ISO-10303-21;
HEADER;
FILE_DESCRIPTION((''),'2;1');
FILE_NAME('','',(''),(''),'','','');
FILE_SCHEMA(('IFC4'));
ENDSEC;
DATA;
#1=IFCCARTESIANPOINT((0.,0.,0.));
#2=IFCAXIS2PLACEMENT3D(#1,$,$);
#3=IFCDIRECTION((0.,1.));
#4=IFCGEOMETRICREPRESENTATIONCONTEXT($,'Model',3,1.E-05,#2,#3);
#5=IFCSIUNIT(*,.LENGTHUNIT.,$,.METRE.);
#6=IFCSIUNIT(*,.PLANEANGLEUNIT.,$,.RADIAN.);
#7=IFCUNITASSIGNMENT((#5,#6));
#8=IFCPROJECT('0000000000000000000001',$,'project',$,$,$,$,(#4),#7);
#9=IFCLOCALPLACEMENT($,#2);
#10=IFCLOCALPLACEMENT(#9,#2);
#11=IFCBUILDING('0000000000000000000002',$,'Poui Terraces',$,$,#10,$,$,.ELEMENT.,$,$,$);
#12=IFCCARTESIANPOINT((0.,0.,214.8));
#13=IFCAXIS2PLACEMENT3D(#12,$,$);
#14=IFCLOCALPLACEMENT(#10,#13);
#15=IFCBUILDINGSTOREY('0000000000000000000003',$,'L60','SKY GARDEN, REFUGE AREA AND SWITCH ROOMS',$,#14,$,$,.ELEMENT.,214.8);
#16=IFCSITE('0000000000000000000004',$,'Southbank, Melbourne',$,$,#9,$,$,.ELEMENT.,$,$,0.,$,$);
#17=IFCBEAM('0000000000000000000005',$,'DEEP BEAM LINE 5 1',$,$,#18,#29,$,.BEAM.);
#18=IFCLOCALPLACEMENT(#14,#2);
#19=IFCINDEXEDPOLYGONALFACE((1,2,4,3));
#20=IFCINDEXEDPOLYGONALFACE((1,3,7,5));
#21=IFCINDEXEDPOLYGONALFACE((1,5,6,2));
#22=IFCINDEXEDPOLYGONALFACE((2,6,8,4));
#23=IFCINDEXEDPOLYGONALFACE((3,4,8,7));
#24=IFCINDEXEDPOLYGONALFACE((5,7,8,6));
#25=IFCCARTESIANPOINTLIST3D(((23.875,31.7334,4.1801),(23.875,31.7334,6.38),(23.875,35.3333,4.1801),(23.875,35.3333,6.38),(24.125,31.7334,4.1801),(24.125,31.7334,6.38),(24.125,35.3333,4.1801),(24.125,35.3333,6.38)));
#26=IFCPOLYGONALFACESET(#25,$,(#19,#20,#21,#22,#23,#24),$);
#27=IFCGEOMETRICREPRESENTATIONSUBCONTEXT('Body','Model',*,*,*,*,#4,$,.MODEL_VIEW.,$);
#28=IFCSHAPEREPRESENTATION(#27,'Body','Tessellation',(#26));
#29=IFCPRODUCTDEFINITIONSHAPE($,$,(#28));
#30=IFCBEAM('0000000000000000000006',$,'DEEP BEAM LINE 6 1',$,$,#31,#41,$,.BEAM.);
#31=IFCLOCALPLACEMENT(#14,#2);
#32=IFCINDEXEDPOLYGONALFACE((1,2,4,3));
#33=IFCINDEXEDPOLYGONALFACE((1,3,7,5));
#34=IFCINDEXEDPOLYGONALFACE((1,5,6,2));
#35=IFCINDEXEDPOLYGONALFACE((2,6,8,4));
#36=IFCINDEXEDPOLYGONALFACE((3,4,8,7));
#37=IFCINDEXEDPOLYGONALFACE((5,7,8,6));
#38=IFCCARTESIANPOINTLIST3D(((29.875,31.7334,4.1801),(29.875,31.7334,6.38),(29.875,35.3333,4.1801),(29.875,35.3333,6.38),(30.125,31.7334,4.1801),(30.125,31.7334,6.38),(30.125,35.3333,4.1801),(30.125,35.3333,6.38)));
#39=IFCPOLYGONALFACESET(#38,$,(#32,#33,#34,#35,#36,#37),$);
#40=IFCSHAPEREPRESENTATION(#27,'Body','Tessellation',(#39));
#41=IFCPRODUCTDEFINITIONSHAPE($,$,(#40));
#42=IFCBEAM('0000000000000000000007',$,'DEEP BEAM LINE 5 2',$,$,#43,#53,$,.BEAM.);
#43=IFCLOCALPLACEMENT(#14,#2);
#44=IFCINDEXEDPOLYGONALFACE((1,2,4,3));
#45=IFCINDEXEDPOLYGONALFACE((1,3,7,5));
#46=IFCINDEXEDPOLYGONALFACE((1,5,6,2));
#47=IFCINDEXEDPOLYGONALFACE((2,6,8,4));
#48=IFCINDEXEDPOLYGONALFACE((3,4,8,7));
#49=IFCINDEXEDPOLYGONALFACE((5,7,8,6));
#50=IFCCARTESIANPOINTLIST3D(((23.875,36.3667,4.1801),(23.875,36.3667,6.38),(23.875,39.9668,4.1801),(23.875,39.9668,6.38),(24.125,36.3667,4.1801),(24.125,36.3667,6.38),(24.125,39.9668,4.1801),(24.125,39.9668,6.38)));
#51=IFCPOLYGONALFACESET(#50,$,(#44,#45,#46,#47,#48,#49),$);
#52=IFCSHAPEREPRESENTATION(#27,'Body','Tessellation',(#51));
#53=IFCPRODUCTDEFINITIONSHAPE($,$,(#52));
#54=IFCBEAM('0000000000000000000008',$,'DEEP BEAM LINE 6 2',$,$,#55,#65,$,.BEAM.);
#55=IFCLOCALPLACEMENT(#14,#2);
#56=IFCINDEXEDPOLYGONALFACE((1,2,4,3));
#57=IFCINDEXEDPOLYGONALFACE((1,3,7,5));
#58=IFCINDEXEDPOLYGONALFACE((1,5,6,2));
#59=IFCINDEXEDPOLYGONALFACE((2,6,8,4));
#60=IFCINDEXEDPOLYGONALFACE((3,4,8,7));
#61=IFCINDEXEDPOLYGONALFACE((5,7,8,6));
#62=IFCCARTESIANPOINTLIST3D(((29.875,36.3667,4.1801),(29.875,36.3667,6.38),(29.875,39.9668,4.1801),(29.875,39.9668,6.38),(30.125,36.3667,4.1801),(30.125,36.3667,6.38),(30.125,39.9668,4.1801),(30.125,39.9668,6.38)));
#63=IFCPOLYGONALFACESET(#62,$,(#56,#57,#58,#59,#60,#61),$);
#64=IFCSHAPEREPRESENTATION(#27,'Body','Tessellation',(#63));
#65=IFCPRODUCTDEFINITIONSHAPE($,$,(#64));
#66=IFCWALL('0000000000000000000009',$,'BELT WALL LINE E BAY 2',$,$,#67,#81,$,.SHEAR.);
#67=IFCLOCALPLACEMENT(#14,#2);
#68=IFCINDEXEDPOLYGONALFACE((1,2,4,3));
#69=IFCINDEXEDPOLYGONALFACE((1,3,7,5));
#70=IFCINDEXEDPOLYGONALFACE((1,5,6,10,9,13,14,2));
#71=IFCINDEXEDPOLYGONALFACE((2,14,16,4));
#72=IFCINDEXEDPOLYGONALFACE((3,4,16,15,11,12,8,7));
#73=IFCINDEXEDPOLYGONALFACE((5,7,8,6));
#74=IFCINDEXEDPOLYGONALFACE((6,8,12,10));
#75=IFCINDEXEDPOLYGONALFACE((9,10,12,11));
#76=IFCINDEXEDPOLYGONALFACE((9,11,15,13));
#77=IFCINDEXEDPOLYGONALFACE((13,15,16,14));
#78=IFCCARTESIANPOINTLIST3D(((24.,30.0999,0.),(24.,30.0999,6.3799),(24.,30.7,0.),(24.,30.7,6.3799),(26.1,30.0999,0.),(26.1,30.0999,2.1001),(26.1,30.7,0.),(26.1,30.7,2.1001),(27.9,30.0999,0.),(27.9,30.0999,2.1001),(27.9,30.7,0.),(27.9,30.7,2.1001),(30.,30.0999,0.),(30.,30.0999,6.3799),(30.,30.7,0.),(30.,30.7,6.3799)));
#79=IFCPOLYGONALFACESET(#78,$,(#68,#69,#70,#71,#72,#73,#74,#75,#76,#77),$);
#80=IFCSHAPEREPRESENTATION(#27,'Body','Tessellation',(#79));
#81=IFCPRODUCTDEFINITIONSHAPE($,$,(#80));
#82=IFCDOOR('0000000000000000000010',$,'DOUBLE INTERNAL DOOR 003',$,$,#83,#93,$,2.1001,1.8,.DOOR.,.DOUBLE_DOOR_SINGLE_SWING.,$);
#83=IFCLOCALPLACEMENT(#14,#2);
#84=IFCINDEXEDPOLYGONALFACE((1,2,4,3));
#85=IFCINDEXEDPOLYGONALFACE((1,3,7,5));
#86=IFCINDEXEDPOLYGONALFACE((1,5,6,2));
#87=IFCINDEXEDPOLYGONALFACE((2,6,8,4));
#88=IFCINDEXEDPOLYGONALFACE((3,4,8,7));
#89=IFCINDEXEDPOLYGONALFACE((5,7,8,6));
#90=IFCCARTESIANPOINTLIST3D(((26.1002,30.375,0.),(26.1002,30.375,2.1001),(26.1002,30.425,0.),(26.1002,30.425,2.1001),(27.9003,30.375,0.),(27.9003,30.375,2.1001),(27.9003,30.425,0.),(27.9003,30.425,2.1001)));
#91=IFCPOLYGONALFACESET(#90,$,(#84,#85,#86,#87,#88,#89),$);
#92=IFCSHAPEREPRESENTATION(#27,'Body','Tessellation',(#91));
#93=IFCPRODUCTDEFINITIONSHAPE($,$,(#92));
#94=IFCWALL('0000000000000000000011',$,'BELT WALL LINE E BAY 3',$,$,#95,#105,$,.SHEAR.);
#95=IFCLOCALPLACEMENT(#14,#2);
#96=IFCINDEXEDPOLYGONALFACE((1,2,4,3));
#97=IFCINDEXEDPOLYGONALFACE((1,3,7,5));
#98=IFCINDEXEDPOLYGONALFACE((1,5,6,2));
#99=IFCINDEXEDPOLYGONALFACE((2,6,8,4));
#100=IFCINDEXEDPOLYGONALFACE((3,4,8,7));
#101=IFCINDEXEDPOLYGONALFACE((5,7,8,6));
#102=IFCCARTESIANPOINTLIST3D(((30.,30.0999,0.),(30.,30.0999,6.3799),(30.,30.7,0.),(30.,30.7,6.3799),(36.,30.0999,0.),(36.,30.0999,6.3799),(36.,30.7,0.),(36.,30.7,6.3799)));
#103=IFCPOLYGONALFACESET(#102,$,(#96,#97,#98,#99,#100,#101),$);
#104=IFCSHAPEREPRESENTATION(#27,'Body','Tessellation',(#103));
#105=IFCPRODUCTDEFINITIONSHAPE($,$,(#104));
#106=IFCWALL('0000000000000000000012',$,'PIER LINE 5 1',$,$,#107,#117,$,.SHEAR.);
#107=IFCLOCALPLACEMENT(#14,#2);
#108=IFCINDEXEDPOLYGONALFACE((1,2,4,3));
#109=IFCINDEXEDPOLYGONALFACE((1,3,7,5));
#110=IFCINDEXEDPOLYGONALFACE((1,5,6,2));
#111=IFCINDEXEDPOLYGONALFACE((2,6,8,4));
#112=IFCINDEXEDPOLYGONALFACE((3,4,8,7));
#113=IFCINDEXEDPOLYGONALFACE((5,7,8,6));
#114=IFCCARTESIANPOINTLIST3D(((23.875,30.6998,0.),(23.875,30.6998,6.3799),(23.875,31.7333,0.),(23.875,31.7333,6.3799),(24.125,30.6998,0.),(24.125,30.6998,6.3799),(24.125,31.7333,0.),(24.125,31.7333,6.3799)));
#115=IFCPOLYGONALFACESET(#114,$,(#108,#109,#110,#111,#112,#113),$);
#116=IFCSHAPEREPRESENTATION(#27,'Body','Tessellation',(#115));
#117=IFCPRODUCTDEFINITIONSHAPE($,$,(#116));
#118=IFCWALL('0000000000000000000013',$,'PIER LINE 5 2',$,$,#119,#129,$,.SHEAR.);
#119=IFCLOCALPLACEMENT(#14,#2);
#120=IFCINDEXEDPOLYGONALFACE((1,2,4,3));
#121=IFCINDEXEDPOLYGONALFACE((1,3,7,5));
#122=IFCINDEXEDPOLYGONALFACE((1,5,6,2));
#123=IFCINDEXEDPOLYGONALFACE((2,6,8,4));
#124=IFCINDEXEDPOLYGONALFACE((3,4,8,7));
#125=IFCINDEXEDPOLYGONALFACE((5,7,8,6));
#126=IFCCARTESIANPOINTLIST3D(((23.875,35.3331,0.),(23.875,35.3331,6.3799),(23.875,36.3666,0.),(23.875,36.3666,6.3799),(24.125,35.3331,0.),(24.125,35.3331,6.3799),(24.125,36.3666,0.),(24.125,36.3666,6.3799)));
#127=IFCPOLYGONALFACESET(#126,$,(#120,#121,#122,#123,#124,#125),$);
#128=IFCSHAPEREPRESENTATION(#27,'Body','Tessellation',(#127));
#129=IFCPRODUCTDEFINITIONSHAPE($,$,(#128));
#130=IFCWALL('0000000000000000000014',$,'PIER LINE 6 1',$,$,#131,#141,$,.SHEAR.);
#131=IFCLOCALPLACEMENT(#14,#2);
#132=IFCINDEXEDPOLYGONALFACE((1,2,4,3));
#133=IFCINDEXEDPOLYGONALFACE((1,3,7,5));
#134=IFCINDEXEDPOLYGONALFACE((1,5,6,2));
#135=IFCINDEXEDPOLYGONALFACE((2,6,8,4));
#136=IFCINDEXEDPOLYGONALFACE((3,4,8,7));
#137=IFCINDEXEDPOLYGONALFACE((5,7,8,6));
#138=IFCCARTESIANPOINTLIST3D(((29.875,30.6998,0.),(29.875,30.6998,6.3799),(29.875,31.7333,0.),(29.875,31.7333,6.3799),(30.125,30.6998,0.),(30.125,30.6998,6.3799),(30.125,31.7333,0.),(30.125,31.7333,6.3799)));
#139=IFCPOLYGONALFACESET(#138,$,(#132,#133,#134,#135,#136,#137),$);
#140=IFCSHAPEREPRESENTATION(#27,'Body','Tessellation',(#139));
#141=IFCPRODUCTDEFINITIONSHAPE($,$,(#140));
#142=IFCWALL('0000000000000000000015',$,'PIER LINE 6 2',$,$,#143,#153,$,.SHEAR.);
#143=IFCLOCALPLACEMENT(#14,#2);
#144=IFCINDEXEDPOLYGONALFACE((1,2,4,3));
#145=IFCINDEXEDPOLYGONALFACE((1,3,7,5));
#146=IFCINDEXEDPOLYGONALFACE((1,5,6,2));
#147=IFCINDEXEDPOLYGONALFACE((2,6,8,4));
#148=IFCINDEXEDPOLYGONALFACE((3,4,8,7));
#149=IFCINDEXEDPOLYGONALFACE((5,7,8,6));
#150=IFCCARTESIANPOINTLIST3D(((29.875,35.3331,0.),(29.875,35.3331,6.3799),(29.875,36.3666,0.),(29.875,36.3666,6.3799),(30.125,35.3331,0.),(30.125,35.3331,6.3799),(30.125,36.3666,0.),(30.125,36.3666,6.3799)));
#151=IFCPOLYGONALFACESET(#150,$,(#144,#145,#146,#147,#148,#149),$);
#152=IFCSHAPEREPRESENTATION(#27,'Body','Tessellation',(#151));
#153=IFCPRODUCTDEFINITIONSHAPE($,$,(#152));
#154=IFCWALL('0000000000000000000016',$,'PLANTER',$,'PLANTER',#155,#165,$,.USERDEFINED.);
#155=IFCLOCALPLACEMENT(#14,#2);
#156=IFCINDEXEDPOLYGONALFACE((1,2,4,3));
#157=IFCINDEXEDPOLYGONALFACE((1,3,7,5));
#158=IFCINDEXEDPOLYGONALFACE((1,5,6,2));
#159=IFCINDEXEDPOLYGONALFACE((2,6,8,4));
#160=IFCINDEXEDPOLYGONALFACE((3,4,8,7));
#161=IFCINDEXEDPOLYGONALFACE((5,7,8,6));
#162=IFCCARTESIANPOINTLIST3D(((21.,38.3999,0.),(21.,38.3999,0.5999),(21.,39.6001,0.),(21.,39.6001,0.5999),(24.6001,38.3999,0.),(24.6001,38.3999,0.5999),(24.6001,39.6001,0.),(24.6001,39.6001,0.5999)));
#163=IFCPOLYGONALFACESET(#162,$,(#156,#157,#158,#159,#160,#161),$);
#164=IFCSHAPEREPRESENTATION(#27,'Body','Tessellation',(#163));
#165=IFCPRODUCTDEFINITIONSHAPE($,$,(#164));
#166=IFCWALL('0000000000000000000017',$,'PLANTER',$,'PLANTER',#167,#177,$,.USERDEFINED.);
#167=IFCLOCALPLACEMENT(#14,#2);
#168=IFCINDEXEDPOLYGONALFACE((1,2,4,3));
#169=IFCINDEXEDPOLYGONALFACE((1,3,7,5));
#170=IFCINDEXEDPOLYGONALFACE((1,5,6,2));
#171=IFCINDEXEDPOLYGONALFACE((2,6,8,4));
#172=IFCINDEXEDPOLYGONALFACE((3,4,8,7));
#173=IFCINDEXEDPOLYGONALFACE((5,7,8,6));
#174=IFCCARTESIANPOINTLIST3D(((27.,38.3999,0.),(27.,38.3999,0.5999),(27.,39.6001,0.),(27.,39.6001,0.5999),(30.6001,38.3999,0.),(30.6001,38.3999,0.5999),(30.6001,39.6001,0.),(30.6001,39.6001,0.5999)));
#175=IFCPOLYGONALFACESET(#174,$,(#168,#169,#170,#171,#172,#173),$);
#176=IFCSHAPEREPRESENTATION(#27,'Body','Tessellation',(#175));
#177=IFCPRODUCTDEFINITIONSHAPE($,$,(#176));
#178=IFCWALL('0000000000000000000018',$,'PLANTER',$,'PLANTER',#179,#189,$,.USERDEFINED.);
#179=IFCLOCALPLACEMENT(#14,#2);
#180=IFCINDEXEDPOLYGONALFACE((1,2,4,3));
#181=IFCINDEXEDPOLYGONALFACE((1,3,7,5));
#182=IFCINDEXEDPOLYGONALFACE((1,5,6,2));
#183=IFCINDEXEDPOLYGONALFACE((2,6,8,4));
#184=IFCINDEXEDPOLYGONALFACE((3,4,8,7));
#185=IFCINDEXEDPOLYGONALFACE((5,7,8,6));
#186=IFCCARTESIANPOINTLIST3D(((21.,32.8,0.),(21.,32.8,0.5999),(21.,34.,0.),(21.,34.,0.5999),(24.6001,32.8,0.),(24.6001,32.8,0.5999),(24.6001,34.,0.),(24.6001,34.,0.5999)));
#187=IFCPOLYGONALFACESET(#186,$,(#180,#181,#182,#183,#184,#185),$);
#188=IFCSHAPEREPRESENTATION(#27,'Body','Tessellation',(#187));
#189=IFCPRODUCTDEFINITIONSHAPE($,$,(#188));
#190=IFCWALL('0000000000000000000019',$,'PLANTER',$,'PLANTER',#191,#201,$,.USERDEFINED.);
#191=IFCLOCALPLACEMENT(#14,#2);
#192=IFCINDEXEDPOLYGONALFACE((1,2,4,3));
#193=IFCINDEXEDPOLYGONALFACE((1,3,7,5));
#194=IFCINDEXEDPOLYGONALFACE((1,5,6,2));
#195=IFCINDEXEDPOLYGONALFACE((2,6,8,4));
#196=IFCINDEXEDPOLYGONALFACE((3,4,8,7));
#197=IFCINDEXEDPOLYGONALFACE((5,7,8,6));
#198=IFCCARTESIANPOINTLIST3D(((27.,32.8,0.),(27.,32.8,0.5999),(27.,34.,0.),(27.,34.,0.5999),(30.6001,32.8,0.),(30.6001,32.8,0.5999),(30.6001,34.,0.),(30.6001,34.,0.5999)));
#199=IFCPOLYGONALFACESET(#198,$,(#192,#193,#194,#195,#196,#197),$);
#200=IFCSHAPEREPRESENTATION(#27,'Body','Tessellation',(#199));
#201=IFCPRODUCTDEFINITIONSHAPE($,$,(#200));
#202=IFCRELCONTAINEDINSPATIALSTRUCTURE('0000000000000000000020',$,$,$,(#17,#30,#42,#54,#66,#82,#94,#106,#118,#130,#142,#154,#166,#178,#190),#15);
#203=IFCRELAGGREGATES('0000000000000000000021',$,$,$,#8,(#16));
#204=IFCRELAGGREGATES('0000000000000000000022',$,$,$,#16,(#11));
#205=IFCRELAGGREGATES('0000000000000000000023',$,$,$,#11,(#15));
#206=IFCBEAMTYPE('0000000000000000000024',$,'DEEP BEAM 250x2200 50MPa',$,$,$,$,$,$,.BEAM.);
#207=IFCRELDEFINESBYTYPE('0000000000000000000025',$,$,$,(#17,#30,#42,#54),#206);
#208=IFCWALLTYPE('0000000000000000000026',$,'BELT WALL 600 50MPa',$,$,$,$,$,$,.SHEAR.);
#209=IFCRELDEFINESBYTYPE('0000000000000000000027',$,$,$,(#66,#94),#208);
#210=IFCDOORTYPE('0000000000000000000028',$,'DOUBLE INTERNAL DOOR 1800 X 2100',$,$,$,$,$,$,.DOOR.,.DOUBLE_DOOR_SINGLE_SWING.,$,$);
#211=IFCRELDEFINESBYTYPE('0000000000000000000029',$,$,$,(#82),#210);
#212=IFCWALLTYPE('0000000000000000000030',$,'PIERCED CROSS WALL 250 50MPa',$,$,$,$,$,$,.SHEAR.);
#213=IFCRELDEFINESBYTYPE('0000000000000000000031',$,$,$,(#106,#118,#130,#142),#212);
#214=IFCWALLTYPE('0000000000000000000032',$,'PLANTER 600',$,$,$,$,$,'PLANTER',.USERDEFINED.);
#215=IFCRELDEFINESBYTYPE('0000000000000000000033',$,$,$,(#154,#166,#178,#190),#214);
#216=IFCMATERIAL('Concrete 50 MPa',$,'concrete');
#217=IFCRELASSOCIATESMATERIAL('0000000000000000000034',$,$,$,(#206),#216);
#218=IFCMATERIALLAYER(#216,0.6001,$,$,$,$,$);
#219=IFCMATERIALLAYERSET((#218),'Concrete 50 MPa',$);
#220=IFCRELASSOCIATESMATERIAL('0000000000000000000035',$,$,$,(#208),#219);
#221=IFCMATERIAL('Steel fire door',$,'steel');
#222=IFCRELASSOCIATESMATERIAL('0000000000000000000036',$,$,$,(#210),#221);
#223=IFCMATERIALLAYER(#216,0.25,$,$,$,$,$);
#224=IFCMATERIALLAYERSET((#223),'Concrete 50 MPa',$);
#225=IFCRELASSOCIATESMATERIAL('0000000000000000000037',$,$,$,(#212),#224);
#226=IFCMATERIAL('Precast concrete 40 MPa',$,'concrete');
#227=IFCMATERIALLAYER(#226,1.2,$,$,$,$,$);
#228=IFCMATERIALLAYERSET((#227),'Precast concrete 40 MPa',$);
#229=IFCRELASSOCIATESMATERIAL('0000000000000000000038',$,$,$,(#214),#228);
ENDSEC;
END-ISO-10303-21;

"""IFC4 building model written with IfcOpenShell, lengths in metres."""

from ifc_helpers import new_model, si_unit, direction, frame, frame_2d, origin, origin_2d, place, context, subcontext, project, spatial, polyline, rectangle, outline, extrude, source, transform, mapped, material, layer, layer_set, material_profile, profile_set, type_object, element, fill, save


model = new_model("IFC4")

# Units and contexts
model_context = context("Model", 3, precision=1e-05, world=origin(), true_north=direction((0.0, 1.0)))
body_context = subcontext(model_context, "Body", "Model", "MODEL_VIEW")
ifc_project = project(units=[si_unit("LENGTHUNIT", "METRE"), si_unit("PLANEANGLEUNIT", "RADIAN")], contexts=[model_context])

# Site, building, storey
site_placement = place(None, origin())
site = spatial("IfcSite", under=ifc_project, at=site_placement, Name="Southbank, Melbourne", CompositionType="ELEMENT", RefElevation=0.0)
building_placement = place(site_placement, origin())
building = spatial("IfcBuilding", under=site, at=building_placement, Name="Poui Terraces", CompositionType="ELEMENT")
storey_placement = place(building_placement, frame((0.0, 0.0, 214.8)))
storey = spatial("IfcBuildingStorey", under=building, at=storey_placement, Name="L60", Description="SKY GARDEN, REFUGE AREA AND SWITCH ROOMS", CompositionType="ELEMENT", Elevation=214.8)

# Beams
ifc_material_1 = material(Name="Concrete 50 MPa", Category="concrete")
ifc_material_profile = material_profile(ifc_material_1, rectangle(XDim=0.25, YDim=2.2, at=origin_2d()), Name="RC 250x2200")
ifc_profile_set = profile_set([ifc_material_profile], Name="Concrete 50 MPa")
beam_type = type_object("IfcBeamType", Name="DEEP BEAM 250x2200 50MPa", PredefinedType="BEAM", material=ifc_profile_set)
shared_shape_1 = source(origin(), body_context, "Body", "SweptSolid", [
    extrude(rectangle(XDim=0.25, YDim=2.2, at=origin_2d()), origin(), (0.0, 0.0, 1.0), 3.5999),
])
for number, where, z_axis, x_axis, name in (
    (1, (24.0, 31.7334, 5.28), (0.0, 1.0, 0.0), (-1.0, 0.0, 0.0), "DEEP BEAM LINE 5 1"),
    (2, (30.0, 31.7334, 5.28), (0.0, 1.0, 0.0), (-1.0, 0.0, 0.0), "DEEP BEAM LINE 6 1"),
):
    element("IfcBeam", number, at=place(storey_placement, frame(where, z_axis=z_axis, x_axis=x_axis)), inside=storey, type_object=beam_type, Name=name, PredefinedType="BEAM", context=body_context, shape_type="MappedRepresentation", body=[
        mapped(shared_shape_1, transform((0.0, 0.0, 0.0))),
    ])
shared_shape_2 = source(origin(), body_context, "Body", "SweptSolid", [
    extrude(rectangle(XDim=0.25, YDim=2.2, at=origin_2d()), origin(), (0.0, 0.0, 1.0), 3.6001),
])
for number, where, z_axis, x_axis, name in (
    (3, (24.0, 36.3667, 5.28), (0.0, 1.0, 0.0), (-1.0, 0.0, 0.0), "DEEP BEAM LINE 5 2"),
    (4, (30.0, 36.3667, 5.28), (0.0, 1.0, 0.0), (-1.0, 0.0, 0.0), "DEEP BEAM LINE 6 2"),
):
    element("IfcBeam", number, at=place(storey_placement, frame(where, z_axis=z_axis, x_axis=x_axis)), inside=storey, type_object=beam_type, Name=name, PredefinedType="BEAM", context=body_context, shape_type="MappedRepresentation", body=[
        mapped(shared_shape_2, transform((0.0, 0.0, 0.0))),
    ])

# Wall, opening, door
ifc_layer_1 = layer(ifc_material_1, 0.6001)
ifc_layer_set_1 = layer_set([ifc_layer_1], Name="Concrete 50 MPa")
wall_type_1 = type_object("IfcWallType", Name="BELT WALL 600 50MPa", PredefinedType="SHEAR", material=ifc_layer_set_1)
wall_1_placement = place(storey_placement, frame((24.0, 30.3999, 0.0), z_axis=(0.0, 0.0, 1.0), x_axis=(1.0, 0.0, 0.0)))
wall_1 = element("IfcWall", 5, at=wall_1_placement, inside=storey, type_object=wall_type_1, Name="BELT WALL LINE E BAY 2", PredefinedType="SHEAR", context=body_context, shape_type="SweptSolid", body=[
    extrude(rectangle(XDim=6.0, YDim=0.6001, at=frame_2d((3.0, 0.0))), origin(), (0.0, 0.0, 1.0), 6.3799),
])
opening_placement = place(wall_1_placement, frame((2.1001, 0.0, 0.0)))
opening = element("IfcOpeningElement", 6, at=opening_placement, cuts=wall_1, PredefinedType="OPENING", context=body_context, shape_type="SweptSolid", body=[
    extrude(rectangle(XDim=1.8, YDim=2.1001, at=frame_2d((0.8999, 1.05))), frame((0.0, 0.3101, 0.0), z_axis=(0.0, -1.0, 0.0), x_axis=(1.0, 0.0, 0.0)), (0.0, 0.0, 1.0), 0.6201),
])
ifc_material_2 = material(Name="Steel fire door", Category="steel")
door_type = type_object("IfcDoorType", Name="DOUBLE INTERNAL DOOR 1800 X 2100", OperationType="DOUBLE_DOOR_SINGLE_SWING", PredefinedType="DOOR", material=ifc_material_2)
door_placement = place(opening_placement, frame((1.8, 0.0, 0.0), z_axis=(0.0, 0.0, 1.0), x_axis=(-1.0, 0.0, 0.0)))
door = element("IfcDoor", 7, at=door_placement, inside=storey, type_object=door_type, Name="DOUBLE INTERNAL DOOR 003", OperationType="DOUBLE_DOOR_SINGLE_SWING", OverallHeight=2.1001, OverallWidth=1.8, PredefinedType="DOOR", context=body_context, shape_type="SweptSolid", body=[
    extrude(rectangle(XDim=1.8, YDim=2.1001, at=frame_2d((0.8999, 1.05))), frame((0.0, 0.0249, 0.0), z_axis=(0.0, -1.0, 0.0), x_axis=(1.0, 0.0, 0.0)), (0.0, 0.0, 1.0), 0.05),
])
fill(opening, door)

# Walls
wall_2_placement = place(storey_placement, frame((30.0, 30.3999, 0.0), z_axis=(0.0, 0.0, 1.0), x_axis=(1.0, 0.0, 0.0)))
element("IfcWall", 8, at=wall_2_placement, inside=storey, type_object=wall_type_1, Name="BELT WALL LINE E BAY 3", PredefinedType="SHEAR", context=body_context, shape_type="SweptSolid", body=[
    extrude(rectangle(XDim=6.0, YDim=0.6001, at=frame_2d((3.0, 0.0))), origin(), (0.0, 0.0, 1.0), 6.3799),
])
ifc_layer_2 = layer(ifc_material_1, 0.25)
ifc_layer_set_2 = layer_set([ifc_layer_2], Name="Concrete 50 MPa")
wall_type_2 = type_object("IfcWallType", Name="PIERCED CROSS WALL 250 50MPa", PredefinedType="SHEAR", material=ifc_layer_set_2)
for number, where, z_axis, x_axis, name in (
    (9, (24.0, 30.7, 0.0), (0.0, 0.0, 1.0), (0.0, 1.0, 0.0), "PIER LINE 5 1"),
    (10, (24.0, 35.3333, 0.0), (0.0, 0.0, 1.0), (0.0, 1.0, 0.0), "PIER LINE 5 2"),
    (11, (30.0, 30.7, 0.0), (0.0, 0.0, 1.0), (0.0, 1.0, 0.0), "PIER LINE 6 1"),
    (12, (30.0, 35.3333, 0.0), (0.0, 0.0, 1.0), (0.0, 1.0, 0.0), "PIER LINE 6 2"),
):
    element("IfcWall", number, at=place(storey_placement, frame(where, z_axis=z_axis, x_axis=x_axis)), inside=storey, type_object=wall_type_2, Name=name, PredefinedType="SHEAR", context=body_context, shape_type="SweptSolid", body=[
        extrude(rectangle(XDim=1.0334, YDim=0.25, at=frame_2d((0.5166, 0.0))), origin(), (0.0, 0.0, 1.0), 6.3799),
    ])
ifc_material_3 = material(Name="Precast concrete 40 MPa", Category="concrete")
ifc_layer_3 = layer(ifc_material_3, 1.2)
ifc_layer_set_3 = layer_set([ifc_layer_3], Name="Precast concrete 40 MPa")
wall_type_3 = type_object("IfcWallType", Name="PLANTER 600", ElementType="PLANTER", PredefinedType="USERDEFINED", material=ifc_layer_set_3)
shared_shape_3 = source(origin(), body_context, "Body", "SweptSolid", [
    extrude(outline(polyline([(0.0, 0.0), (3.6001, 0.0), (3.6001, 1.2002), (0.0, 1.2002), (0.0, 0.0)])), origin(), (0.0, 0.0, 1.0), 0.5999),
])
for number, where, name in (
    (13, (21.0, 38.3999, 0.0), "PLANTER"),
    (14, (27.0, 38.3999, 0.0), "PLANTER"),
):
    element("IfcWall", number, at=place(storey_placement, frame(where)), inside=storey, type_object=wall_type_3, Name=name, ObjectType="PLANTER", PredefinedType="USERDEFINED", context=body_context, shape_type="MappedRepresentation", body=[
        mapped(shared_shape_3, transform((0.0, 0.0, 0.0))),
    ])
shared_shape_4 = source(origin(), body_context, "Body", "SweptSolid", [
    extrude(outline(polyline([(0.0, 0.0), (3.6001, 0.0), (3.6001, 1.2), (0.0, 1.2), (0.0, 0.0)])), origin(), (0.0, 0.0, 1.0), 0.5999),
])
for number, where, name in (
    (15, (21.0, 32.8, 0.0), "PLANTER"),
    (16, (27.0, 32.8, 0.0), "PLANTER"),
):
    element("IfcWall", number, at=place(storey_placement, frame(where)), inside=storey, type_object=wall_type_3, Name=name, ObjectType="PLANTER", PredefinedType="USERDEFINED", context=body_context, shape_type="MappedRepresentation", body=[
        mapped(shared_shape_4, transform((0.0, 0.0, 0.0))),
    ])

save(model, "model.ifc")
